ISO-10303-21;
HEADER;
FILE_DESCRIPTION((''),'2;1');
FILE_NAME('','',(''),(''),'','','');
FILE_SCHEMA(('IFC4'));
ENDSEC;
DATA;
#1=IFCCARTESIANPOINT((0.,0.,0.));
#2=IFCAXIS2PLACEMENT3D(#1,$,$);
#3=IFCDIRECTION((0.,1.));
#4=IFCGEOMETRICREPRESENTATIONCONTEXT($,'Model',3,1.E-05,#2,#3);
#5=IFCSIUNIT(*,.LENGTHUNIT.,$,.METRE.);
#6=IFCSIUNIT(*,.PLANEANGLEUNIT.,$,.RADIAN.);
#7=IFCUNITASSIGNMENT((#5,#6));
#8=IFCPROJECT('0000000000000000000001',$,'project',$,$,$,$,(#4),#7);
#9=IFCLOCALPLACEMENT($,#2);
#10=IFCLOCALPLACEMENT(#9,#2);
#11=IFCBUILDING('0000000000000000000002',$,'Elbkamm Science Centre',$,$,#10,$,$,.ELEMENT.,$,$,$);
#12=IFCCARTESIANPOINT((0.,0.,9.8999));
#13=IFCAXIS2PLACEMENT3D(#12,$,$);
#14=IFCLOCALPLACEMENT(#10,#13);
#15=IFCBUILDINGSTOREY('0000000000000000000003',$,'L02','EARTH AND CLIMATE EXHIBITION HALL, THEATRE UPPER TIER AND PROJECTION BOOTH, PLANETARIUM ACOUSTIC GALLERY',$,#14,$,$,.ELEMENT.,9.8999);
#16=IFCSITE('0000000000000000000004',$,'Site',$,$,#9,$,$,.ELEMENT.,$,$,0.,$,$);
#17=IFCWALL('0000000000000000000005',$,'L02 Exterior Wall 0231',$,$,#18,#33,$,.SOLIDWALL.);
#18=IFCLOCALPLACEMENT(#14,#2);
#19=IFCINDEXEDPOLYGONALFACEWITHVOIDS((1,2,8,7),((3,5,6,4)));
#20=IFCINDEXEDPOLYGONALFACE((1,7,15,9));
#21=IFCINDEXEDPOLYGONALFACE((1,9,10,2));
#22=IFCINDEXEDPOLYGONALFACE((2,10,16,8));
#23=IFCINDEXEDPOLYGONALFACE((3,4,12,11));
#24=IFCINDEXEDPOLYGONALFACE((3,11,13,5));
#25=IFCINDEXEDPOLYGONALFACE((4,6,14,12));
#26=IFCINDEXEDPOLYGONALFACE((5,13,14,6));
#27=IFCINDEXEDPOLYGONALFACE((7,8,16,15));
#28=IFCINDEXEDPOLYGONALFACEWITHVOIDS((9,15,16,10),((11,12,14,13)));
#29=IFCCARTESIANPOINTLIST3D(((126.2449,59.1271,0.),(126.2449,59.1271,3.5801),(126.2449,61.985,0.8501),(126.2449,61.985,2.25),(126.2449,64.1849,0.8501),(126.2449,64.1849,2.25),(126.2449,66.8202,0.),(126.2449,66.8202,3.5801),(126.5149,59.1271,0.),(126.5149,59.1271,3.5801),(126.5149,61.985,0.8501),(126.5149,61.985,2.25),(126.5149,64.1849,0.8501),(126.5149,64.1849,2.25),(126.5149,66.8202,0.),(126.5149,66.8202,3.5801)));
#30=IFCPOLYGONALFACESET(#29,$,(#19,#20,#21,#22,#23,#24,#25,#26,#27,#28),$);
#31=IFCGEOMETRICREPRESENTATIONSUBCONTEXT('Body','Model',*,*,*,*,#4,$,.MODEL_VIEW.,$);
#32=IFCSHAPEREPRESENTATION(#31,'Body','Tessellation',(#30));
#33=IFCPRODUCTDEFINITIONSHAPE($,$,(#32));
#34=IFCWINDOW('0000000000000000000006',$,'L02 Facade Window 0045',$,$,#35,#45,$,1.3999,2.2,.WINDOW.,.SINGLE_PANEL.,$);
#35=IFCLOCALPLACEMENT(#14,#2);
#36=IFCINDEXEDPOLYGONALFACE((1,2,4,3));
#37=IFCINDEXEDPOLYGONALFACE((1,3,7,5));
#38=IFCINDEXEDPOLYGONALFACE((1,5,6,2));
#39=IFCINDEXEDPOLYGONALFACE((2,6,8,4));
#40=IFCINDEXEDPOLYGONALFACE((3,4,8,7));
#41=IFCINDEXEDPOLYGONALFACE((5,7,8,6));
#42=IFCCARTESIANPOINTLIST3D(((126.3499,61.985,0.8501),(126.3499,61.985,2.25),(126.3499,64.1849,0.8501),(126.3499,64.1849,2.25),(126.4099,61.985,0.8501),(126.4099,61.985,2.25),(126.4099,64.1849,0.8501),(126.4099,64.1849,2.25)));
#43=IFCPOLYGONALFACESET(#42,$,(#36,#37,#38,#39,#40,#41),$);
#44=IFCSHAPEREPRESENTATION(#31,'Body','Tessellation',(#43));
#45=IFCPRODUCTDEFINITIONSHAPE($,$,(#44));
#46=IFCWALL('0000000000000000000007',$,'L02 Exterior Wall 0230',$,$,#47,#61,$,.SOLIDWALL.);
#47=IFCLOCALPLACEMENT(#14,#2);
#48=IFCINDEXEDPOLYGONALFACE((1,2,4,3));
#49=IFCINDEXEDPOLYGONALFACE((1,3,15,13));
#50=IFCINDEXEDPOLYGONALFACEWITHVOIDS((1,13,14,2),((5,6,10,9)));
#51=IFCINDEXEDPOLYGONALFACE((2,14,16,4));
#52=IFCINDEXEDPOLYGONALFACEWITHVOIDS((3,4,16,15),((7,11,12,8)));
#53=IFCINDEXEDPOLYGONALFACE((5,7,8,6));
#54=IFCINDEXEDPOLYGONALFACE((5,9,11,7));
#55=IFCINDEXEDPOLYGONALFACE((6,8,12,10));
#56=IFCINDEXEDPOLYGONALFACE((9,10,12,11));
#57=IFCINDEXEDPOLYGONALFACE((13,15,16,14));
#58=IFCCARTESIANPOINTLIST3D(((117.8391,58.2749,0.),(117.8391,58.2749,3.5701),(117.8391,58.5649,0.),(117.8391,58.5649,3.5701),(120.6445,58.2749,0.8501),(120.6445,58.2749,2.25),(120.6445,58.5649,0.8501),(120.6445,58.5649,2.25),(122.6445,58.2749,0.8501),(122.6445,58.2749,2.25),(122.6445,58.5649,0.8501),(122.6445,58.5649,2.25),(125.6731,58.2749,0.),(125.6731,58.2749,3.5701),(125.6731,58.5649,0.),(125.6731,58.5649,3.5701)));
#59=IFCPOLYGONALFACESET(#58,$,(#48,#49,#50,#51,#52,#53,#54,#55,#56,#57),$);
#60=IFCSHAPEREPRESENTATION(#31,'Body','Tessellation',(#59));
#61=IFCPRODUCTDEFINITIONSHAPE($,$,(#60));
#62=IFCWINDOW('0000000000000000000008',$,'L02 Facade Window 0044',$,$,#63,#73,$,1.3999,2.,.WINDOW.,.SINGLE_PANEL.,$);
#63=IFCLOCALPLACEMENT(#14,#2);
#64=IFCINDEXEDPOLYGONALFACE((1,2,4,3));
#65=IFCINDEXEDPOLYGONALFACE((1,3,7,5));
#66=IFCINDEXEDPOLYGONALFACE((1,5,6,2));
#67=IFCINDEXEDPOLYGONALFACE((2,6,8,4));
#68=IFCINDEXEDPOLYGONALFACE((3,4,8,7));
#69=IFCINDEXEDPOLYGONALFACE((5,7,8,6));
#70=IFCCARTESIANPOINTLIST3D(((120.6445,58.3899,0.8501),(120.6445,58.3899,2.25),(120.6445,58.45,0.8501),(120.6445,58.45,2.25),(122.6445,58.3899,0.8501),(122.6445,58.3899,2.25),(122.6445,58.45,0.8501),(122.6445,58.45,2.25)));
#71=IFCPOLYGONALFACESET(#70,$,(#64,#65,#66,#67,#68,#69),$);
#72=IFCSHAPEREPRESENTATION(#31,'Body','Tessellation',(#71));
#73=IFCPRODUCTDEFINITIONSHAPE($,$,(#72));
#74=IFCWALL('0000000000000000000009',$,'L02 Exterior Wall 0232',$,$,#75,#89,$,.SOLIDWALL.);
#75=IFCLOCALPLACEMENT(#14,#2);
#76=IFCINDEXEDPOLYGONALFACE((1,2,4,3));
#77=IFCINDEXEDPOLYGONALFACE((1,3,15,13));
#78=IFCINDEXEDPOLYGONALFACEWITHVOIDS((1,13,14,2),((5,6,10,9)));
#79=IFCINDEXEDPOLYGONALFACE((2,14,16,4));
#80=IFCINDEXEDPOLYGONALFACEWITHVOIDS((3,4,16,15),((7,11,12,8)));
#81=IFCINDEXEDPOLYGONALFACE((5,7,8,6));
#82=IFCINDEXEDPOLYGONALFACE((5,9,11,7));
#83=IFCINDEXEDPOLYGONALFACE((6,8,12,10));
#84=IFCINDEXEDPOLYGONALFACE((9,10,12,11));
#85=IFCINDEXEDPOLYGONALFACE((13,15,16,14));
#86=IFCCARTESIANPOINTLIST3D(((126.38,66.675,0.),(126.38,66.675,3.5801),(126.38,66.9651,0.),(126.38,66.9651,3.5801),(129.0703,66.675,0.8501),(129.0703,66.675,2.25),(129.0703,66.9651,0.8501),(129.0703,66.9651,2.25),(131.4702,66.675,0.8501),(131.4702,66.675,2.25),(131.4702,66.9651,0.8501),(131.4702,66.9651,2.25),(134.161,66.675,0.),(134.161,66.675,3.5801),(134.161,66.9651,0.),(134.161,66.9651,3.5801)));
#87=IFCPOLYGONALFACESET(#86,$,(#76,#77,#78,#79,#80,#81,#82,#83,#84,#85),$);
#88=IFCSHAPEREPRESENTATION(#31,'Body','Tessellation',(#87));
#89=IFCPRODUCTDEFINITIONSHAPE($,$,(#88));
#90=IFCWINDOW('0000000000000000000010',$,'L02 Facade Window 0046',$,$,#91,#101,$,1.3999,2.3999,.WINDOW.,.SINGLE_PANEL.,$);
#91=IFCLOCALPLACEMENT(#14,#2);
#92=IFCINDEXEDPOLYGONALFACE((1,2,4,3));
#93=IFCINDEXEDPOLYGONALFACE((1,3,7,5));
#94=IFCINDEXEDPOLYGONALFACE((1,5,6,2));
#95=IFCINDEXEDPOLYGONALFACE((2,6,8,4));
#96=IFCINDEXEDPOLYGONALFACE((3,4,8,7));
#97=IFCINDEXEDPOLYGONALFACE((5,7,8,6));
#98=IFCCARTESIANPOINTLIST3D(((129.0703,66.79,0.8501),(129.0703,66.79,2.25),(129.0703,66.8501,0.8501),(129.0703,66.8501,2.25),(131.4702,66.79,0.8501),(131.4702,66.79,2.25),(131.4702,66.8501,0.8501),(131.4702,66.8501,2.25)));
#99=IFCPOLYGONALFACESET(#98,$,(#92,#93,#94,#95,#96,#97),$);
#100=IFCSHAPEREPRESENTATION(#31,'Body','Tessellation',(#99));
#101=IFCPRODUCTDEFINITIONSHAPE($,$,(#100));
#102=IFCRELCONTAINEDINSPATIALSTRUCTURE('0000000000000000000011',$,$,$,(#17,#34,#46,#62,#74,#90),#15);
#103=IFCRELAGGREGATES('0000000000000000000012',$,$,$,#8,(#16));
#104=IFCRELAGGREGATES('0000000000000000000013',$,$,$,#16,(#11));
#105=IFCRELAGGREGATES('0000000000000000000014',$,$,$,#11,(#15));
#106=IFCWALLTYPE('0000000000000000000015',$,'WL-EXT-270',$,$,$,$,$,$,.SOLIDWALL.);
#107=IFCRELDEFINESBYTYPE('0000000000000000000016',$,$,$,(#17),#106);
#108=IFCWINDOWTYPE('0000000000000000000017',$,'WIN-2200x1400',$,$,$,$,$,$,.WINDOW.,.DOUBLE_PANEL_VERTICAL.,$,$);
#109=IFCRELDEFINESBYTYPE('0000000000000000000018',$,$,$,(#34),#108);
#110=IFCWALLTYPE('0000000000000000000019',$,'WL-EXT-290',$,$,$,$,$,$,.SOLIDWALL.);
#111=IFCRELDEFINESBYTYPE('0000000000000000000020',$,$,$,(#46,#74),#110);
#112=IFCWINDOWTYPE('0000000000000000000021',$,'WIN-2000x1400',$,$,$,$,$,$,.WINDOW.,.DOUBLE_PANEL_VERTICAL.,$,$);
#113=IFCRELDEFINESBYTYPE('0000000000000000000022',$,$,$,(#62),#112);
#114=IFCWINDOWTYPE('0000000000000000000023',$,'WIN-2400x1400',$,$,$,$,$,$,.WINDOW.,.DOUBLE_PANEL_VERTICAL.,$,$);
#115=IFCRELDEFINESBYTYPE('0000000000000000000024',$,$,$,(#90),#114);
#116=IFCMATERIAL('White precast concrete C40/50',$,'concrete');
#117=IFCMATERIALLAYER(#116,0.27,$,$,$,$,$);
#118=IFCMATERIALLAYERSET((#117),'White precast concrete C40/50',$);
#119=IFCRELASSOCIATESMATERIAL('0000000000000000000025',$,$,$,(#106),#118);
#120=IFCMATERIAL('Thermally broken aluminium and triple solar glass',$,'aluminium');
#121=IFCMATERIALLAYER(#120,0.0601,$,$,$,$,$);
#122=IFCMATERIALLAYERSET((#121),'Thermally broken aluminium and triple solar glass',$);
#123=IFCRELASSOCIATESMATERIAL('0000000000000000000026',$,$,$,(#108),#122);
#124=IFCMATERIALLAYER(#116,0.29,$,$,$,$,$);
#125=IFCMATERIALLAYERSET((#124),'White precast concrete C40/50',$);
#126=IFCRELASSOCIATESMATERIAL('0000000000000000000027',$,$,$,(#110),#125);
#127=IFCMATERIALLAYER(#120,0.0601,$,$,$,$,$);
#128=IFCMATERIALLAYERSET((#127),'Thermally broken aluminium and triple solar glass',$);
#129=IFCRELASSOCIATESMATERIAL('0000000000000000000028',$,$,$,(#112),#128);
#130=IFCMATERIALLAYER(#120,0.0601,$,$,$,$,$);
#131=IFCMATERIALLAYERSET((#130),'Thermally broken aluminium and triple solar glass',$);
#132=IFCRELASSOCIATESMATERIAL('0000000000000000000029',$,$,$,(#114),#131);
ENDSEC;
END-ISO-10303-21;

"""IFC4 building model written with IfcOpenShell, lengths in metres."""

from ifc_helpers import new_model, si_unit, direction, frame, frame_2d, origin, place, context, subcontext, project, spatial, rectangle, extrude, material, layer, layer_set, type_object, element, fill, save


model = new_model("IFC4")

# Units and contexts
model_context = context("Model", 3, precision=1e-05, world=origin(), true_north=direction((0.0, 1.0)))
body_context = subcontext(model_context, "Body", "Model", "MODEL_VIEW")
ifc_project = project(units=[si_unit("LENGTHUNIT", "METRE"), si_unit("PLANEANGLEUNIT", "RADIAN")], contexts=[model_context])

# Site, building, storey
site_placement = place(None, origin())
site = spatial("IfcSite", under=ifc_project, at=site_placement, Name="Site", CompositionType="ELEMENT", RefElevation=0.0)
building_placement = place(site_placement, origin())
building = spatial("IfcBuilding", under=site, at=building_placement, Name="Elbkamm Science Centre", CompositionType="ELEMENT")
storey_placement = place(building_placement, frame((0.0, 0.0, 9.8999)))
storey = spatial("IfcBuildingStorey", under=building, at=storey_placement, Name="L02", Description="EARTH AND CLIMATE EXHIBITION HALL, THEATRE UPPER TIER AND PROJECTION BOOTH, PLANETARIUM ACOUSTIC GALLERY", CompositionType="ELEMENT", Elevation=9.8999)

# Walls, openings, windows
ifc_material_1 = material(Name="White precast concrete C40/50", Category="concrete")
ifc_layer_1 = layer(ifc_material_1, 0.27)
ifc_layer_set_1 = layer_set([ifc_layer_1], Name="White precast concrete C40/50")
wall_type_1 = type_object("IfcWallType", Name="WL-EXT-270", PredefinedType="SOLIDWALL", material=ifc_layer_set_1)
wall_1_placement = place(storey_placement, frame((126.3799, 59.127, 0.0), z_axis=(0.0, 0.0, 1.0), x_axis=(0.0, 1.0, 0.0)))
wall_1 = element("IfcWall", 1, at=wall_1_placement, inside=storey, type_object=wall_type_1, Name="L02 Exterior Wall 0231", PredefinedType="SOLIDWALL", context=body_context, shape_type="SweptSolid", body=[
    extrude(rectangle(XDim=7.6931, YDim=0.27, at=frame_2d((3.8467, 0.0))), origin(), (0.0, 0.0, 1.0), 3.5801),
])
opening_1_placement = place(wall_1_placement, frame((2.8579, 0.0, 0.8501)))
opening_1 = element("IfcOpeningElement", 2, at=opening_1_placement, cuts=wall_1, PredefinedType="OPENING", context=body_context, shape_type="SweptSolid", body=[
    extrude(rectangle(XDim=2.2, YDim=1.3999, at=frame_2d((1.1001, 0.7))), frame((0.0, 0.147, 0.0), z_axis=(0.0, -1.0, 0.0), x_axis=(1.0, 0.0, 0.0)), (0.0, 0.0, 1.0), 0.2939),
])
ifc_material_2 = material(Name="Thermally broken aluminium and triple solar glass", Category="aluminium")
ifc_layer_2 = layer(ifc_material_2, 0.0601)
ifc_layer_set_2 = layer_set([ifc_layer_2], Name="Thermally broken aluminium and triple solar glass")
window_type_1 = type_object("IfcWindowType", Name="WIN-2200x1400", PartitioningType="DOUBLE_PANEL_VERTICAL", PredefinedType="WINDOW", material=ifc_layer_set_2)
window_1_placement = place(opening_1_placement, origin())
window_1 = element("IfcWindow", 3, at=window_1_placement, inside=storey, type_object=window_type_1, Name="L02 Facade Window 0045", OverallHeight=1.3999, OverallWidth=2.2, PartitioningType="SINGLE_PANEL", PredefinedType="WINDOW", context=body_context, shape_type="SweptSolid", body=[
    extrude(rectangle(XDim=2.2, YDim=1.3999, at=frame_2d((1.1001, 0.7))), frame((0.0, 0.03, 0.0), z_axis=(0.0, -1.0, 0.0), x_axis=(1.0, 0.0, 0.0)), (0.0, 0.0, 1.0), 0.0601),
])
fill(opening_1, window_1)
ifc_layer_3 = layer(ifc_material_1, 0.29)
ifc_layer_set_3 = layer_set([ifc_layer_3], Name="White precast concrete C40/50")
wall_type_2 = type_object("IfcWallType", Name="WL-EXT-290", PredefinedType="SOLIDWALL", material=ifc_layer_set_3)
wall_2_placement = place(storey_placement, frame((117.8391, 58.4199, 0.0), z_axis=(0.0, 0.0, 1.0), x_axis=(1.0, 0.0, 0.0)))
wall_2 = element("IfcWall", 4, at=wall_2_placement, inside=storey, type_object=wall_type_2, Name="L02 Exterior Wall 0230", PredefinedType="SOLIDWALL", context=body_context, shape_type="SweptSolid", body=[
    extrude(rectangle(XDim=7.834, YDim=0.29, at=frame_2d((3.917, 0.0))), origin(), (0.0, 0.0, 1.0), 3.5701),
])
opening_2_placement = place(wall_2_placement, frame((2.8054, 0.0, 0.8501)))
opening_2 = element("IfcOpeningElement", 5, at=opening_2_placement, cuts=wall_2, PredefinedType="OPENING", context=body_context, shape_type="SweptSolid", body=[
    extrude(rectangle(XDim=2.0, YDim=1.3999, at=frame_2d((1.0, 0.7))), frame((0.0, 0.157, 0.0), z_axis=(0.0, -1.0, 0.0), x_axis=(1.0, 0.0, 0.0)), (0.0, 0.0, 1.0), 0.314),
])
ifc_layer_4 = layer(ifc_material_2, 0.0601)
ifc_layer_set_4 = layer_set([ifc_layer_4], Name="Thermally broken aluminium and triple solar glass")
window_type_2 = type_object("IfcWindowType", Name="WIN-2000x1400", PartitioningType="DOUBLE_PANEL_VERTICAL", PredefinedType="WINDOW", material=ifc_layer_set_4)
window_2_placement = place(opening_2_placement, origin())
window_2 = element("IfcWindow", 6, at=window_2_placement, inside=storey, type_object=window_type_2, Name="L02 Facade Window 0044", OverallHeight=1.3999, OverallWidth=2.0, PartitioningType="SINGLE_PANEL", PredefinedType="WINDOW", context=body_context, shape_type="SweptSolid", body=[
    extrude(rectangle(XDim=2.0, YDim=1.3999, at=frame_2d((1.0, 0.7))), frame((0.0, 0.03, 0.0), z_axis=(0.0, -1.0, 0.0), x_axis=(1.0, 0.0, 0.0)), (0.0, 0.0, 1.0), 0.0601),
])
fill(opening_2, window_2)
wall_3_placement = place(storey_placement, frame((126.3799, 66.8201, 0.0), z_axis=(0.0, 0.0, 1.0), x_axis=(1.0, 0.0, 0.0)))
wall_3 = element("IfcWall", 7, at=wall_3_placement, inside=storey, type_object=wall_type_2, Name="L02 Exterior Wall 0232", PredefinedType="SOLIDWALL", context=body_context, shape_type="SweptSolid", body=[
    extrude(rectangle(XDim=7.781, YDim=0.29, at=frame_2d((3.8906, 0.0))), origin(), (0.0, 0.0, 1.0), 3.5801),
])
opening_3_placement = place(wall_3_placement, frame((2.6904, 0.0, 0.8501)))
opening_3 = element("IfcOpeningElement", 8, at=opening_3_placement, cuts=wall_3, PredefinedType="OPENING", context=body_context, shape_type="SweptSolid", body=[
    extrude(rectangle(XDim=2.3999, YDim=1.3999, at=frame_2d((1.2, 0.7))), frame((0.0, 0.157, 0.0), z_axis=(0.0, -1.0, 0.0), x_axis=(1.0, 0.0, 0.0)), (0.0, 0.0, 1.0), 0.314),
])
ifc_layer_5 = layer(ifc_material_2, 0.0601)
ifc_layer_set_5 = layer_set([ifc_layer_5], Name="Thermally broken aluminium and triple solar glass")
window_type_3 = type_object("IfcWindowType", Name="WIN-2400x1400", PartitioningType="DOUBLE_PANEL_VERTICAL", PredefinedType="WINDOW", material=ifc_layer_set_5)
window_3_placement = place(opening_3_placement, origin())
window_3 = element("IfcWindow", 9, at=window_3_placement, inside=storey, type_object=window_type_3, Name="L02 Facade Window 0046", OverallHeight=1.3999, OverallWidth=2.3999, PartitioningType="SINGLE_PANEL", PredefinedType="WINDOW", context=body_context, shape_type="SweptSolid", body=[
    extrude(rectangle(XDim=2.3999, YDim=1.3999, at=frame_2d((1.2, 0.7))), frame((0.0, 0.03, 0.0), z_axis=(0.0, -1.0, 0.0), x_axis=(1.0, 0.0, 0.0)), (0.0, 0.0, 1.0), 0.0601),
])
fill(opening_3, window_3)

save(model, "model.ifc")
